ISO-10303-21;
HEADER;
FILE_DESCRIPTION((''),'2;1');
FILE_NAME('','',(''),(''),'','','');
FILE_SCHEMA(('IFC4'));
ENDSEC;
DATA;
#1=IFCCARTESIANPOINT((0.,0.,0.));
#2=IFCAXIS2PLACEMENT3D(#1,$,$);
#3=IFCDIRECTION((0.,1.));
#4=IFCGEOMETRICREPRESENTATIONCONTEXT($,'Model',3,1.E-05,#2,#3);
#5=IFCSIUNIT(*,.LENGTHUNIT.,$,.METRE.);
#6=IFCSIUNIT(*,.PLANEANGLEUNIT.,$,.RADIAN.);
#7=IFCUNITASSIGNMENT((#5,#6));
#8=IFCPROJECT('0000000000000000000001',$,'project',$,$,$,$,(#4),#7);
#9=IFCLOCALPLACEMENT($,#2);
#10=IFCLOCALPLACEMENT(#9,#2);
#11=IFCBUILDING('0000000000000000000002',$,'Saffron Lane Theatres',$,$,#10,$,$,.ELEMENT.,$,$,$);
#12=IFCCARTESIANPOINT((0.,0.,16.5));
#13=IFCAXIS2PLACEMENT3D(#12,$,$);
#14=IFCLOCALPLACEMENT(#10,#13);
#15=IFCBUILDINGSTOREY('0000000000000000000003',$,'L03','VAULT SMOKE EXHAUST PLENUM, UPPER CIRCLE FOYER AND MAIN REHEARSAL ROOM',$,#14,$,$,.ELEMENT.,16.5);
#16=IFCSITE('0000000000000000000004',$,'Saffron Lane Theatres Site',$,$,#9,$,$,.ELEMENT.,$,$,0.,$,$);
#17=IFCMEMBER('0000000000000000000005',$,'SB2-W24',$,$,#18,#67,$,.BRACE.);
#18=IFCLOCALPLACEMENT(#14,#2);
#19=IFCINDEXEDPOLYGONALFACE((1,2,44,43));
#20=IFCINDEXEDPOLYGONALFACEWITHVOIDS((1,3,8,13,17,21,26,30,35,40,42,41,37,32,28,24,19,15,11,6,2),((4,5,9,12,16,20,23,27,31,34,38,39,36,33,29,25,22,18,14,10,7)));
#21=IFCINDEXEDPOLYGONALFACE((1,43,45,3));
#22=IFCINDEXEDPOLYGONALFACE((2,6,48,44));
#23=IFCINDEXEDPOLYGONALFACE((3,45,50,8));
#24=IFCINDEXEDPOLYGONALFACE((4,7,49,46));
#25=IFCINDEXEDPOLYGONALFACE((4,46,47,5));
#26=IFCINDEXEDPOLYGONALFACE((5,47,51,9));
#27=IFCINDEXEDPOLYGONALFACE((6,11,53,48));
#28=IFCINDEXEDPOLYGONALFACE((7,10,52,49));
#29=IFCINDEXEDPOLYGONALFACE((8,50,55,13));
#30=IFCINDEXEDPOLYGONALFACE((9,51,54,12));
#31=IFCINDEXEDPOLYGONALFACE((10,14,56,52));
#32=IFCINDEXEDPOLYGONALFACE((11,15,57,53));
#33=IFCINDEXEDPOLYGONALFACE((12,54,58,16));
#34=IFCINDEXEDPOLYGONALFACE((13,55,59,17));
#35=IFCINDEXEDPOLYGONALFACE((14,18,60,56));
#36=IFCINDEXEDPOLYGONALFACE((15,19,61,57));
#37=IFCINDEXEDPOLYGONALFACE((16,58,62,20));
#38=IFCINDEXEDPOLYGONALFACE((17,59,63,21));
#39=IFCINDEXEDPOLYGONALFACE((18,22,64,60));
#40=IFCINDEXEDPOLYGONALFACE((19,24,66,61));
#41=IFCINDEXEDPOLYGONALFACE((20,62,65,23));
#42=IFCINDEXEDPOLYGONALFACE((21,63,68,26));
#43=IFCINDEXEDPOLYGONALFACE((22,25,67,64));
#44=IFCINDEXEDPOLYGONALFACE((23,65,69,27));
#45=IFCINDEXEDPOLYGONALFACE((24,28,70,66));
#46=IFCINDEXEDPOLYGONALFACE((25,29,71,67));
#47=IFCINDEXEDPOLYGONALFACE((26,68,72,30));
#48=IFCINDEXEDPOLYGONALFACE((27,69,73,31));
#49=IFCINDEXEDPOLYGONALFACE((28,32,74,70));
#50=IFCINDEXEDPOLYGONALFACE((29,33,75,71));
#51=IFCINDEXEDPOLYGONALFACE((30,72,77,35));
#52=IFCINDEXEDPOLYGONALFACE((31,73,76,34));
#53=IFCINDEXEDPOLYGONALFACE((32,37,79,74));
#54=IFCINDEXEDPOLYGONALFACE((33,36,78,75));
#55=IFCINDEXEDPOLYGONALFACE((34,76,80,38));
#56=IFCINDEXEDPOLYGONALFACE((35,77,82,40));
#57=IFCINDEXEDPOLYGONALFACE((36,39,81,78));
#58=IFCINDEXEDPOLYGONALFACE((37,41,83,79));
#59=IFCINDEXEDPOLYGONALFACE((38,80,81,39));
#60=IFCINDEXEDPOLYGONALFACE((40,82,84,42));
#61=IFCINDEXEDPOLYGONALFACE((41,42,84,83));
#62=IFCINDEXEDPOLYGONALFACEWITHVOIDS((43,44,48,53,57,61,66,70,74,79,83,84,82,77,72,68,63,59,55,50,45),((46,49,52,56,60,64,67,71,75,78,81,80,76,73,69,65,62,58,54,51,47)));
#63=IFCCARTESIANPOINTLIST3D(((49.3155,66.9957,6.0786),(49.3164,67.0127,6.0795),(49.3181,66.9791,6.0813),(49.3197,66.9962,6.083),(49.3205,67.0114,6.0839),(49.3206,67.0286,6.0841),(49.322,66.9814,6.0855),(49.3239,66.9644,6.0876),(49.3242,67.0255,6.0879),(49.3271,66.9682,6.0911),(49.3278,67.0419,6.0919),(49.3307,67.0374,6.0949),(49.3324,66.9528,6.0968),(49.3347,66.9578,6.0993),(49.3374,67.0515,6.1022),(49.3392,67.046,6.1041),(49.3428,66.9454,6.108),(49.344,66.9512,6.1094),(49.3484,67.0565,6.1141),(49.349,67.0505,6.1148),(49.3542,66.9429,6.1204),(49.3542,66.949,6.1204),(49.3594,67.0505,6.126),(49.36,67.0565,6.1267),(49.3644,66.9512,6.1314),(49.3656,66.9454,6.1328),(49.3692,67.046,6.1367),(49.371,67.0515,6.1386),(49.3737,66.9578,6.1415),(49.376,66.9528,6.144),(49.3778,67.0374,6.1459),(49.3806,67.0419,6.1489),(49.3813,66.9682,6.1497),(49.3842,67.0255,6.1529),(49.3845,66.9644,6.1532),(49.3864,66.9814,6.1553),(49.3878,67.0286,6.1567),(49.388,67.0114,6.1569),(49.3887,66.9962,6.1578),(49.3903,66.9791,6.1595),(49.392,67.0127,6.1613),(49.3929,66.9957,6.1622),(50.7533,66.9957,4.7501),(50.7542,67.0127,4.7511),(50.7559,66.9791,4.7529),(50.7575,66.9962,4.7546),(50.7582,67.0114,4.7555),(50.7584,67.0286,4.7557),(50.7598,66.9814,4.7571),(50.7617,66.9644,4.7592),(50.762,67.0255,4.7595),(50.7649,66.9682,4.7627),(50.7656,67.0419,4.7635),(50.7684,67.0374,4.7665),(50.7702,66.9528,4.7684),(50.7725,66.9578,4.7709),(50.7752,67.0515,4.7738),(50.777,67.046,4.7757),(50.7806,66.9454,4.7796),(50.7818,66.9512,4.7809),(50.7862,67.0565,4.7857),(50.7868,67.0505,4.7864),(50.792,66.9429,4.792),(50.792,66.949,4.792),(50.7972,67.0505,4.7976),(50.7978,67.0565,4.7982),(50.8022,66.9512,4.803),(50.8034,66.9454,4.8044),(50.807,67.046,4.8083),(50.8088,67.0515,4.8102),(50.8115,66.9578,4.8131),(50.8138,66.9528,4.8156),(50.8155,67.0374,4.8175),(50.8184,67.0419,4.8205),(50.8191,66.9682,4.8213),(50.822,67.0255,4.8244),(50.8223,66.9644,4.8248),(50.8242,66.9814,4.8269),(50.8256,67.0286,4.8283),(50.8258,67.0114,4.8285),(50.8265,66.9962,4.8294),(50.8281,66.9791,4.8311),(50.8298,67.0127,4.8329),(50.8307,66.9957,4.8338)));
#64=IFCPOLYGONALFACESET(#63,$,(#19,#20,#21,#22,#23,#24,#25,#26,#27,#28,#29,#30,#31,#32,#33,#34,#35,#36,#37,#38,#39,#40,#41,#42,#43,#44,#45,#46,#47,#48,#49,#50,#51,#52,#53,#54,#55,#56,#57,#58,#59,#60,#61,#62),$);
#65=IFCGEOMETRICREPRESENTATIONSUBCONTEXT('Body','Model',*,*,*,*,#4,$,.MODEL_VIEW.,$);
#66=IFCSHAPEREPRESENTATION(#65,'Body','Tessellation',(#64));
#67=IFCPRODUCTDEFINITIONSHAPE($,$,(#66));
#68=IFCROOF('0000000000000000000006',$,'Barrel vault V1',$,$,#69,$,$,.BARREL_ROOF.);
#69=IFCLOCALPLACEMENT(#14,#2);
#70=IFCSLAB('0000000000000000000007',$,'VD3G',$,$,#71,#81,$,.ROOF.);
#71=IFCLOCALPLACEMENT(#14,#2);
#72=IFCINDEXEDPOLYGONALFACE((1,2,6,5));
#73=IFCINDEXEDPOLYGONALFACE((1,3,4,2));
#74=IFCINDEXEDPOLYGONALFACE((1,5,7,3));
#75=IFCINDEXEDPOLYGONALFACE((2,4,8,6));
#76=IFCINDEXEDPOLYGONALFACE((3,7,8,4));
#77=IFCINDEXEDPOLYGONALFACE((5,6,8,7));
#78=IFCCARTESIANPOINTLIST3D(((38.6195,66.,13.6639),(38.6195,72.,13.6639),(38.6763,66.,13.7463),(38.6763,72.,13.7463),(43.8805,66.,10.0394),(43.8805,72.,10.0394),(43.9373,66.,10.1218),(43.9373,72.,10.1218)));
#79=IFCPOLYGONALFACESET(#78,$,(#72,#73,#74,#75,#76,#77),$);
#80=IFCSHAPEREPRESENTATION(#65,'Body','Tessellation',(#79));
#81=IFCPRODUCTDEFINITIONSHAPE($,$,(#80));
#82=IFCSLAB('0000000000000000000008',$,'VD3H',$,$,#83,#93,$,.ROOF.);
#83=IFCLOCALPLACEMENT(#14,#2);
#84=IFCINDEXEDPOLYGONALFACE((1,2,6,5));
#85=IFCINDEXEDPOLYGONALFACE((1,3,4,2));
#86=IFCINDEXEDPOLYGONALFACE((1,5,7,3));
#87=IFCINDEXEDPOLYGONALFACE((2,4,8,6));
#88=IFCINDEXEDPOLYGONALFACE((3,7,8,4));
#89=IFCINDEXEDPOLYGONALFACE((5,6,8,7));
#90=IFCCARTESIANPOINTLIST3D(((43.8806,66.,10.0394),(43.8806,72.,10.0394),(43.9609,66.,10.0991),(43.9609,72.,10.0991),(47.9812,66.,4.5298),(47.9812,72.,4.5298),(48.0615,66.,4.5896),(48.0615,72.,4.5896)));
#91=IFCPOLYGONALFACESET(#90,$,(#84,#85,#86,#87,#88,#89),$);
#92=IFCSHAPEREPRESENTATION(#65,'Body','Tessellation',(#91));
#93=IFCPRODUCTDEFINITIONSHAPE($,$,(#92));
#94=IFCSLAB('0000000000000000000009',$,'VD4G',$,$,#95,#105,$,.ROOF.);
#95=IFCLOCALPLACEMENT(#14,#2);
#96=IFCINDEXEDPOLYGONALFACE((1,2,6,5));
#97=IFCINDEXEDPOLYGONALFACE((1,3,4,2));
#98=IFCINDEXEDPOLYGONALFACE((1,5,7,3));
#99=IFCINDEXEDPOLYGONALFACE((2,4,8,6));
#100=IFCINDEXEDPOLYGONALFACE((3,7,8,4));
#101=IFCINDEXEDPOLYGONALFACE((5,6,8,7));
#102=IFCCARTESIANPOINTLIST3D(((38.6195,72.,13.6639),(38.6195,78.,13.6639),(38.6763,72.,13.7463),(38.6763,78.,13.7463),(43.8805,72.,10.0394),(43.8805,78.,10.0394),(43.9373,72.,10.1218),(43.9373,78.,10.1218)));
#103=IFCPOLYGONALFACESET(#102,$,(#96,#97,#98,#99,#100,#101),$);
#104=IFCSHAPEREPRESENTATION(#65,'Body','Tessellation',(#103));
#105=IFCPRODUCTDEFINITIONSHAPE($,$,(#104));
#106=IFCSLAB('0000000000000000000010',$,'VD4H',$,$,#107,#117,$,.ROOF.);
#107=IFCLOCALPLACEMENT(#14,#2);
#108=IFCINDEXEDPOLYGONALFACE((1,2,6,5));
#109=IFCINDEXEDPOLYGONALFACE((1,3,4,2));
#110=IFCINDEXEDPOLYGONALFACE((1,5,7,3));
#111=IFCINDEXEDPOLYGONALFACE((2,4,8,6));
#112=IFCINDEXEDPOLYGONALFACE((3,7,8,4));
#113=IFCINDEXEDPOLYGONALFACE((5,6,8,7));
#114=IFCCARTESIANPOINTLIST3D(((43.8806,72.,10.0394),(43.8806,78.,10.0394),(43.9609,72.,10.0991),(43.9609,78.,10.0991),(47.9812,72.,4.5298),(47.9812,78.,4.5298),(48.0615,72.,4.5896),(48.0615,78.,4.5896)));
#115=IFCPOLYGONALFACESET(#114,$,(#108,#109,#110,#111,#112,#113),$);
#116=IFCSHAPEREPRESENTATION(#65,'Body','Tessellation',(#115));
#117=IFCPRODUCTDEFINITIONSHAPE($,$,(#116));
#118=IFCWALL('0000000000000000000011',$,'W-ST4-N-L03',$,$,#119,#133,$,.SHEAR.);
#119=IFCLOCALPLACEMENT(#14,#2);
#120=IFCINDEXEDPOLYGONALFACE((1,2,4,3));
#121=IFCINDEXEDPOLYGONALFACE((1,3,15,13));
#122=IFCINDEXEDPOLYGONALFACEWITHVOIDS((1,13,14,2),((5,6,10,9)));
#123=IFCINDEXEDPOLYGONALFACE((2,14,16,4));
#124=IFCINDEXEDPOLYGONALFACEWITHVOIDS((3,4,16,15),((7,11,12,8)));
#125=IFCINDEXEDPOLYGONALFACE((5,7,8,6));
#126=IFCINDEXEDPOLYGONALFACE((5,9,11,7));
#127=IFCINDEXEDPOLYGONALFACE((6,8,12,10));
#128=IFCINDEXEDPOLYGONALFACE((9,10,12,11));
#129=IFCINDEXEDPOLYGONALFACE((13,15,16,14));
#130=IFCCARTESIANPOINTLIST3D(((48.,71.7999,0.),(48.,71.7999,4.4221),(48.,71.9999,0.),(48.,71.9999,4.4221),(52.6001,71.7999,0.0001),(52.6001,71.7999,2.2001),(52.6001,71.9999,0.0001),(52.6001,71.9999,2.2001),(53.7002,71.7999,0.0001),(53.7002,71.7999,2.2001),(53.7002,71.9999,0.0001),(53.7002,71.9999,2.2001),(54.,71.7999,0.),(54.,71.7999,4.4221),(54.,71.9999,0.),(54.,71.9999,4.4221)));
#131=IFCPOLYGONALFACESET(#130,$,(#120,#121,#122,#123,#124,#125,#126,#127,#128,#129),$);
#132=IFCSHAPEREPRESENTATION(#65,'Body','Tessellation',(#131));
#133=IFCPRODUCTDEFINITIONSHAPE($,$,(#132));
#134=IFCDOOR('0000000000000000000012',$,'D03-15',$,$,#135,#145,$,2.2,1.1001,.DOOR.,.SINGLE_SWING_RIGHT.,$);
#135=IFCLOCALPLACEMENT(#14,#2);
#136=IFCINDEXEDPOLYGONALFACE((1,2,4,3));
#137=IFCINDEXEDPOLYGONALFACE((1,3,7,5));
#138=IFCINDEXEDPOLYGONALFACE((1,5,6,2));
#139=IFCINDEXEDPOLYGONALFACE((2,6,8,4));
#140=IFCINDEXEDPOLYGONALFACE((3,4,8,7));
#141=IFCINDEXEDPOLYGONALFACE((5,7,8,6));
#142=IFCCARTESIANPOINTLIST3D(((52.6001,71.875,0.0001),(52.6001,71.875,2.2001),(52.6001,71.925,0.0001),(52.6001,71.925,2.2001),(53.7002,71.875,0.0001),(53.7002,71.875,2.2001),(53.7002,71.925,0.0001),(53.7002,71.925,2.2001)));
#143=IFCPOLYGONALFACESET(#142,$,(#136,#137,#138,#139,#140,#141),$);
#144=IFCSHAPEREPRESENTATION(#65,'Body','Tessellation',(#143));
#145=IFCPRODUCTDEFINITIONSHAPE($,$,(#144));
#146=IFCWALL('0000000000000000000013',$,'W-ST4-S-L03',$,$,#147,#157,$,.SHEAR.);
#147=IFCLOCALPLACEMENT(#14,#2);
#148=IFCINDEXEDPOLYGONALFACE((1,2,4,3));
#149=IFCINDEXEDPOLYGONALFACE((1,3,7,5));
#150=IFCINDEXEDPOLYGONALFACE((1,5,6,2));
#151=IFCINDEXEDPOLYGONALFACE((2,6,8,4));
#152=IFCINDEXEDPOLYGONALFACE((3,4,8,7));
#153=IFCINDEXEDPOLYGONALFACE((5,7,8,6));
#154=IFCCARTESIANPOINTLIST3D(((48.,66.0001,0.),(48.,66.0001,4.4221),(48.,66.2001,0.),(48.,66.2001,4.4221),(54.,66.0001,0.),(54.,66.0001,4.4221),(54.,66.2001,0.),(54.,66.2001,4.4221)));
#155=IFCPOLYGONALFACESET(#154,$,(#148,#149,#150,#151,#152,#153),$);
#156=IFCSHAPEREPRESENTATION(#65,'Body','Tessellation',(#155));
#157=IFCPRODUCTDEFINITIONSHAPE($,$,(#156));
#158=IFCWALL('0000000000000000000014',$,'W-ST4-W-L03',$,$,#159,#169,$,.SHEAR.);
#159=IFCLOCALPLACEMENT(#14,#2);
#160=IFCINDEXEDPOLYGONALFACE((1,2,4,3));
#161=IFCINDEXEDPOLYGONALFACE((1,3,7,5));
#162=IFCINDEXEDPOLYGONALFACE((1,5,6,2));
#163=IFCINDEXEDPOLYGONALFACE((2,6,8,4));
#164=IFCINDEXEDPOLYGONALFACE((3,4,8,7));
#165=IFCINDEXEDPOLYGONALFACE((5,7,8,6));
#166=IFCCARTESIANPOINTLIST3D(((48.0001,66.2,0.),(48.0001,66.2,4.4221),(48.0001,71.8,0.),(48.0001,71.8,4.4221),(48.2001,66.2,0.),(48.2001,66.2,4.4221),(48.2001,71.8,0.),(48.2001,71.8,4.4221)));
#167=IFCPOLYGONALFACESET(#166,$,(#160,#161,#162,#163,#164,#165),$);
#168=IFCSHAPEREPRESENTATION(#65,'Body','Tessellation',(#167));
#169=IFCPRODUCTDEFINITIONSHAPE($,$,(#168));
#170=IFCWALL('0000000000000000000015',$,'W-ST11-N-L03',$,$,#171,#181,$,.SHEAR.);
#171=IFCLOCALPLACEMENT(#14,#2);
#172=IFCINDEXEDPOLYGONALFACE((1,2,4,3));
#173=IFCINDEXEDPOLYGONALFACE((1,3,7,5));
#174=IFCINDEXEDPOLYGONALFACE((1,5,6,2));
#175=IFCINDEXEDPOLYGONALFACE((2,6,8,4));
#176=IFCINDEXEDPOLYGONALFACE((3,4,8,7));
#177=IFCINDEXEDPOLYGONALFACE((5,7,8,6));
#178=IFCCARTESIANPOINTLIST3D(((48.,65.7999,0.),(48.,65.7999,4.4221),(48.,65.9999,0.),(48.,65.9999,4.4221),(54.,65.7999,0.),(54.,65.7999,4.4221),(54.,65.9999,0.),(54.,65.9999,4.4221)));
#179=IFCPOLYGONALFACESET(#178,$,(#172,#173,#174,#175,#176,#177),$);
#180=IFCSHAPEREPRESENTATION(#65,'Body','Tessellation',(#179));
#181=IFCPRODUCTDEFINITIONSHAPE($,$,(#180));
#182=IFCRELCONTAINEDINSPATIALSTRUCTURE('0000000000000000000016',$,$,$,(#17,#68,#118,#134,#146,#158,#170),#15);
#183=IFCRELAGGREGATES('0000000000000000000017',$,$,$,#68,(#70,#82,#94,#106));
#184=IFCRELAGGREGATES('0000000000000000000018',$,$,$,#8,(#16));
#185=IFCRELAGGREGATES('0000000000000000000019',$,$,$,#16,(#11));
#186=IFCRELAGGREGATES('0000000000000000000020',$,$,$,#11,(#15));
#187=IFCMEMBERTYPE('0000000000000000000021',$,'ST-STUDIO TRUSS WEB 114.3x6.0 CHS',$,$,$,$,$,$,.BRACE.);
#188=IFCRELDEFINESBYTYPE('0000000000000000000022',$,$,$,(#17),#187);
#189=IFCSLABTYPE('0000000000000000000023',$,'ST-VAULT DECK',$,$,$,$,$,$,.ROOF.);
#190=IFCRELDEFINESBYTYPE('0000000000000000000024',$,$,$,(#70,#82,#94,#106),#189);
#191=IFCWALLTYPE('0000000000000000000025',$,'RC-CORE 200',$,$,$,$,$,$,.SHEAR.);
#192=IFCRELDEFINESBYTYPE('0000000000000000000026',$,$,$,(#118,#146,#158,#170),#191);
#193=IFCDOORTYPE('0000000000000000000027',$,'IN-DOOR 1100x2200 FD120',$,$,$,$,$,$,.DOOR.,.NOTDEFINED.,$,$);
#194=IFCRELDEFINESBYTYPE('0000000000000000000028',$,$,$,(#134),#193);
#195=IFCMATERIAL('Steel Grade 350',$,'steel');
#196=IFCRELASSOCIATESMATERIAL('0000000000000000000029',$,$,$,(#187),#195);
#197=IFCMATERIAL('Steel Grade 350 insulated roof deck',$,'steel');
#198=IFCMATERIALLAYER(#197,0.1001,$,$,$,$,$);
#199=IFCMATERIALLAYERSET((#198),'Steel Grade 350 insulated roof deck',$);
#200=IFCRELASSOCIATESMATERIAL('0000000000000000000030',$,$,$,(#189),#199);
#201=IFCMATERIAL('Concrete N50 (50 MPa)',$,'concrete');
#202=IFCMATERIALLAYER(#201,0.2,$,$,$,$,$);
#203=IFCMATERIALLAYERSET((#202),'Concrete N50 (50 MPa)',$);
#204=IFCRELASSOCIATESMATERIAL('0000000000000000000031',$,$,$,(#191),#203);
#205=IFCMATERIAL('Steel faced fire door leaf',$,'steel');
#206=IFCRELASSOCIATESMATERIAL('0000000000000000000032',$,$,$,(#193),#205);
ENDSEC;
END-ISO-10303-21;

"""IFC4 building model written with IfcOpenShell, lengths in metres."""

from ifc_helpers import new_model, si_unit, direction, frame, frame_2d, origin, origin_2d, place, context, subcontext, project, spatial, polyline, rectangle, hollow_circle, outline, extrude, material, layer, layer_set, material_profile, profile_set, type_object, element, fill, aggregate, save


model = new_model("IFC4")

# Units and contexts
model_context = context("Model", 3, precision=1e-05, world=origin(), true_north=direction((0.0, 1.0)))
body_context = subcontext(model_context, "Body", "Model", "MODEL_VIEW")
ifc_project = project(units=[si_unit("LENGTHUNIT", "METRE"), si_unit("PLANEANGLEUNIT", "RADIAN")], contexts=[model_context])

# Site, building, storey
site_placement = place(None, origin())
site = spatial("IfcSite", under=ifc_project, at=site_placement, Name="Saffron Lane Theatres Site", CompositionType="ELEMENT", RefElevation=0.0)
building_placement = place(site_placement, origin())
building = spatial("IfcBuilding", under=site, at=building_placement, Name="Saffron Lane Theatres", CompositionType="ELEMENT")
storey_placement = place(building_placement, frame((0.0, 0.0, 16.5)))
storey = spatial("IfcBuildingStorey", under=building, at=storey_placement, Name="L03", Description="VAULT SMOKE EXHAUST PLENUM, UPPER CIRCLE FOYER AND MAIN REHEARSAL ROOM", CompositionType="ELEMENT", Elevation=16.5)

# Member
ifc_material_1 = material(Name="Steel Grade 350", Category="steel")
ifc_material_profile_1 = material_profile(ifc_material_1, hollow_circle(Radius=0.0571, WallThickness=0.0061, at=origin_2d()))
ifc_profile_set_1 = profile_set([ifc_material_profile_1], Name="Steel Grade 350")
member_type_1 = type_object("IfcMemberType", Name="ST-STUDIO TRUSS WEB 114.3x6.0 CHS", PredefinedType="BRACE", material=ifc_profile_set_1)
member_1_placement = place(storey_placement, frame((50.792, 67.0, 4.792), z_axis=(-0.734493, 0.0, 0.678617), x_axis=(0.0, -1.0, 0.0)))
element("IfcMember", 1, at=member_1_placement, inside=storey, type_object=member_type_1, Name="SB2-W24", PredefinedType="BRACE", context=body_context, shape_type="SweptSolid", body=[
    extrude(hollow_circle(Radius=0.0571, WallThickness=0.0061, at=origin_2d()), origin(), (0.0, 0.0, 1.0), 1.9575),
])

# Roof, slabs
roof_placement = place(storey_placement, origin())
roof = element("IfcRoof", 2, at=roof_placement, inside=storey, Name="Barrel vault V1", PredefinedType="BARREL_ROOF")
ifc_material_2 = material(Name="Steel Grade 350 insulated roof deck", Category="steel")
ifc_layer_1 = layer(ifc_material_2, 0.1001)
ifc_layer_set_1 = layer_set([ifc_layer_1], Name="Steel Grade 350 insulated roof deck")
slab_type = type_object("IfcSlabType", Name="ST-VAULT DECK", PredefinedType="ROOF", material=ifc_layer_set_1)
slab_1_placement = place(storey_placement, frame((38.6763, 66.0, 13.7463), z_axis=(0.567335, 0.0, 0.823487), x_axis=(0.823487, 0.0, -0.567335)))
slab_1 = element("IfcSlab", 3, at=slab_1_placement, type_object=slab_type, Name="VD3G", PredefinedType="ROOF", context=body_context, shape_type="SweptSolid", body=[
    extrude(outline(polyline([(0.0, 0.0), (6.3887, 0.0), (6.3887, 6.0), (0.0, 6.0), (0.0, 0.0)])), origin(), (0.0, 0.0, -1.0), 0.1001),
])
slab_2_placement = place(storey_placement, frame((43.9609, 66.0, 10.0991), z_axis=(0.8022, 0.0, 0.597055), x_axis=(0.597055, 0.0, -0.8022)))
slab_2 = element("IfcSlab", 4, at=slab_2_placement, type_object=slab_type, Name="VD3H", PredefinedType="ROOF", context=body_context, shape_type="SweptSolid", body=[
    extrude(outline(polyline([(0.0, 0.0), (6.868, 0.0), (6.868, 6.0), (0.0, 6.0), (0.0, 0.0)])), origin(), (0.0, 0.0, -1.0), 0.1001),
])
slab_3_placement = place(storey_placement, frame((38.6763, 72.0, 13.7463), z_axis=(0.567335, 0.0, 0.823487), x_axis=(0.823487, 0.0, -0.567335)))
slab_3 = element("IfcSlab", 5, at=slab_3_placement, type_object=slab_type, Name="VD4G", PredefinedType="ROOF", context=body_context, shape_type="SweptSolid", body=[
    extrude(outline(polyline([(0.0, 0.0), (6.3887, 0.0), (6.3887, 6.0), (0.0, 6.0), (0.0, 0.0)])), origin(), (0.0, 0.0, -1.0), 0.1001),
])
slab_4_placement = place(storey_placement, frame((43.9609, 72.0, 10.0991), z_axis=(0.8022, 0.0, 0.597055), x_axis=(0.597055, 0.0, -0.8022)))
slab_4 = element("IfcSlab", 6, at=slab_4_placement, type_object=slab_type, Name="VD4H", PredefinedType="ROOF", context=body_context, shape_type="SweptSolid", body=[
    extrude(outline(polyline([(0.0, 0.0), (6.868, 0.0), (6.868, 6.0), (0.0, 6.0), (0.0, 0.0)])), origin(), (0.0, 0.0, -1.0), 0.1001),
])
aggregate(roof, [slab_1, slab_2, slab_3, slab_4])

# Wall, opening, door
ifc_material_3 = material(Name="Concrete N50 (50 MPa)", Category="concrete")
ifc_layer_2 = layer(ifc_material_3, 0.2)
ifc_layer_set_2 = layer_set([ifc_layer_2], Name="Concrete N50 (50 MPa)")
wall_type = type_object("IfcWallType", Name="RC-CORE 200", PredefinedType="SHEAR", material=ifc_layer_set_2)
wall_1_placement = place(storey_placement, frame((48.0, 71.8999, 0.0), z_axis=(0.0, 0.0, 1.0), x_axis=(1.0, 0.0, 0.0)))
wall_1 = element("IfcWall", 7, at=wall_1_placement, inside=storey, type_object=wall_type, Name="W-ST4-N-L03", PredefinedType="SHEAR", context=body_context, shape_type="SweptSolid", body=[
    extrude(rectangle(XDim=6.0, YDim=0.2, at=frame_2d((3.0, 0.0))), origin(), (0.0, 0.0, 1.0), 4.4221),
])
opening_placement = place(wall_1_placement, frame((4.6001, 0.0, 0.0)))
opening = element("IfcOpeningElement", 8, at=opening_placement, cuts=wall_1, PredefinedType="OPENING", context=body_context, shape_type="SweptSolid", body=[
    extrude(rectangle(XDim=1.1001, YDim=2.2, at=frame_2d((0.55, 1.1001))), frame((0.0, 0.1099, 0.0), z_axis=(0.0, -1.0, 0.0), x_axis=(1.0, 0.0, 0.0)), (0.0, 0.0, 1.0), 0.22),
])
ifc_material_4 = material(Name="Steel faced fire door leaf", Category="steel")
door_type = type_object("IfcDoorType", Name="IN-DOOR 1100x2200 FD120", OperationType="NOTDEFINED", PredefinedType="DOOR", material=ifc_material_4)
door_placement = place(opening_placement, frame((1.1001, 0.0, 0.0), z_axis=(0.0, 0.0, 1.0), x_axis=(-1.0, 0.0, 0.0)))
door = element("IfcDoor", 9, at=door_placement, inside=storey, type_object=door_type, Name="D03-15", OperationType="SINGLE_SWING_RIGHT", OverallHeight=2.2, OverallWidth=1.1001, PredefinedType="DOOR", context=body_context, shape_type="SweptSolid", body=[
    extrude(rectangle(XDim=1.1001, YDim=2.2, at=frame_2d((0.55, 1.1001))), frame((0.0, 0.0249, 0.0), z_axis=(0.0, -1.0, 0.0), x_axis=(1.0, 0.0, 0.0)), (0.0, 0.0, 1.0), 0.05),
])
fill(opening, door)

# Walls
wall_2_placement = place(storey_placement, frame((48.0, 66.1001, 0.0), z_axis=(0.0, 0.0, 1.0), x_axis=(1.0, 0.0, 0.0)))
element("IfcWall", 10, at=wall_2_placement, inside=storey, type_object=wall_type, Name="W-ST4-S-L03", PredefinedType="SHEAR", context=body_context, shape_type="SweptSolid", body=[
    extrude(rectangle(XDim=6.0, YDim=0.2, at=frame_2d((3.0, 0.0))), origin(), (0.0, 0.0, 1.0), 4.4221),
])
wall_3_placement = place(storey_placement, frame((48.1001, 66.2, 0.0), z_axis=(0.0, 0.0, 1.0), x_axis=(0.0, 1.0, 0.0)))
element("IfcWall", 11, at=wall_3_placement, inside=storey, type_object=wall_type, Name="W-ST4-W-L03", PredefinedType="SHEAR", context=body_context, shape_type="SweptSolid", body=[
    extrude(rectangle(XDim=5.6001, YDim=0.2, at=frame_2d((2.8, 0.0))), origin(), (0.0, 0.0, 1.0), 4.4221),
])
wall_4_placement = place(storey_placement, frame((48.0, 65.8999, 0.0), z_axis=(0.0, 0.0, 1.0), x_axis=(1.0, 0.0, 0.0)))
element("IfcWall", 12, at=wall_4_placement, inside=storey, type_object=wall_type, Name="W-ST11-N-L03", PredefinedType="SHEAR", context=body_context, shape_type="SweptSolid", body=[
    extrude(rectangle(XDim=6.0, YDim=0.2, at=frame_2d((3.0, 0.0))), origin(), (0.0, 0.0, 1.0), 4.4221),
])

save(model, "model.ifc")
